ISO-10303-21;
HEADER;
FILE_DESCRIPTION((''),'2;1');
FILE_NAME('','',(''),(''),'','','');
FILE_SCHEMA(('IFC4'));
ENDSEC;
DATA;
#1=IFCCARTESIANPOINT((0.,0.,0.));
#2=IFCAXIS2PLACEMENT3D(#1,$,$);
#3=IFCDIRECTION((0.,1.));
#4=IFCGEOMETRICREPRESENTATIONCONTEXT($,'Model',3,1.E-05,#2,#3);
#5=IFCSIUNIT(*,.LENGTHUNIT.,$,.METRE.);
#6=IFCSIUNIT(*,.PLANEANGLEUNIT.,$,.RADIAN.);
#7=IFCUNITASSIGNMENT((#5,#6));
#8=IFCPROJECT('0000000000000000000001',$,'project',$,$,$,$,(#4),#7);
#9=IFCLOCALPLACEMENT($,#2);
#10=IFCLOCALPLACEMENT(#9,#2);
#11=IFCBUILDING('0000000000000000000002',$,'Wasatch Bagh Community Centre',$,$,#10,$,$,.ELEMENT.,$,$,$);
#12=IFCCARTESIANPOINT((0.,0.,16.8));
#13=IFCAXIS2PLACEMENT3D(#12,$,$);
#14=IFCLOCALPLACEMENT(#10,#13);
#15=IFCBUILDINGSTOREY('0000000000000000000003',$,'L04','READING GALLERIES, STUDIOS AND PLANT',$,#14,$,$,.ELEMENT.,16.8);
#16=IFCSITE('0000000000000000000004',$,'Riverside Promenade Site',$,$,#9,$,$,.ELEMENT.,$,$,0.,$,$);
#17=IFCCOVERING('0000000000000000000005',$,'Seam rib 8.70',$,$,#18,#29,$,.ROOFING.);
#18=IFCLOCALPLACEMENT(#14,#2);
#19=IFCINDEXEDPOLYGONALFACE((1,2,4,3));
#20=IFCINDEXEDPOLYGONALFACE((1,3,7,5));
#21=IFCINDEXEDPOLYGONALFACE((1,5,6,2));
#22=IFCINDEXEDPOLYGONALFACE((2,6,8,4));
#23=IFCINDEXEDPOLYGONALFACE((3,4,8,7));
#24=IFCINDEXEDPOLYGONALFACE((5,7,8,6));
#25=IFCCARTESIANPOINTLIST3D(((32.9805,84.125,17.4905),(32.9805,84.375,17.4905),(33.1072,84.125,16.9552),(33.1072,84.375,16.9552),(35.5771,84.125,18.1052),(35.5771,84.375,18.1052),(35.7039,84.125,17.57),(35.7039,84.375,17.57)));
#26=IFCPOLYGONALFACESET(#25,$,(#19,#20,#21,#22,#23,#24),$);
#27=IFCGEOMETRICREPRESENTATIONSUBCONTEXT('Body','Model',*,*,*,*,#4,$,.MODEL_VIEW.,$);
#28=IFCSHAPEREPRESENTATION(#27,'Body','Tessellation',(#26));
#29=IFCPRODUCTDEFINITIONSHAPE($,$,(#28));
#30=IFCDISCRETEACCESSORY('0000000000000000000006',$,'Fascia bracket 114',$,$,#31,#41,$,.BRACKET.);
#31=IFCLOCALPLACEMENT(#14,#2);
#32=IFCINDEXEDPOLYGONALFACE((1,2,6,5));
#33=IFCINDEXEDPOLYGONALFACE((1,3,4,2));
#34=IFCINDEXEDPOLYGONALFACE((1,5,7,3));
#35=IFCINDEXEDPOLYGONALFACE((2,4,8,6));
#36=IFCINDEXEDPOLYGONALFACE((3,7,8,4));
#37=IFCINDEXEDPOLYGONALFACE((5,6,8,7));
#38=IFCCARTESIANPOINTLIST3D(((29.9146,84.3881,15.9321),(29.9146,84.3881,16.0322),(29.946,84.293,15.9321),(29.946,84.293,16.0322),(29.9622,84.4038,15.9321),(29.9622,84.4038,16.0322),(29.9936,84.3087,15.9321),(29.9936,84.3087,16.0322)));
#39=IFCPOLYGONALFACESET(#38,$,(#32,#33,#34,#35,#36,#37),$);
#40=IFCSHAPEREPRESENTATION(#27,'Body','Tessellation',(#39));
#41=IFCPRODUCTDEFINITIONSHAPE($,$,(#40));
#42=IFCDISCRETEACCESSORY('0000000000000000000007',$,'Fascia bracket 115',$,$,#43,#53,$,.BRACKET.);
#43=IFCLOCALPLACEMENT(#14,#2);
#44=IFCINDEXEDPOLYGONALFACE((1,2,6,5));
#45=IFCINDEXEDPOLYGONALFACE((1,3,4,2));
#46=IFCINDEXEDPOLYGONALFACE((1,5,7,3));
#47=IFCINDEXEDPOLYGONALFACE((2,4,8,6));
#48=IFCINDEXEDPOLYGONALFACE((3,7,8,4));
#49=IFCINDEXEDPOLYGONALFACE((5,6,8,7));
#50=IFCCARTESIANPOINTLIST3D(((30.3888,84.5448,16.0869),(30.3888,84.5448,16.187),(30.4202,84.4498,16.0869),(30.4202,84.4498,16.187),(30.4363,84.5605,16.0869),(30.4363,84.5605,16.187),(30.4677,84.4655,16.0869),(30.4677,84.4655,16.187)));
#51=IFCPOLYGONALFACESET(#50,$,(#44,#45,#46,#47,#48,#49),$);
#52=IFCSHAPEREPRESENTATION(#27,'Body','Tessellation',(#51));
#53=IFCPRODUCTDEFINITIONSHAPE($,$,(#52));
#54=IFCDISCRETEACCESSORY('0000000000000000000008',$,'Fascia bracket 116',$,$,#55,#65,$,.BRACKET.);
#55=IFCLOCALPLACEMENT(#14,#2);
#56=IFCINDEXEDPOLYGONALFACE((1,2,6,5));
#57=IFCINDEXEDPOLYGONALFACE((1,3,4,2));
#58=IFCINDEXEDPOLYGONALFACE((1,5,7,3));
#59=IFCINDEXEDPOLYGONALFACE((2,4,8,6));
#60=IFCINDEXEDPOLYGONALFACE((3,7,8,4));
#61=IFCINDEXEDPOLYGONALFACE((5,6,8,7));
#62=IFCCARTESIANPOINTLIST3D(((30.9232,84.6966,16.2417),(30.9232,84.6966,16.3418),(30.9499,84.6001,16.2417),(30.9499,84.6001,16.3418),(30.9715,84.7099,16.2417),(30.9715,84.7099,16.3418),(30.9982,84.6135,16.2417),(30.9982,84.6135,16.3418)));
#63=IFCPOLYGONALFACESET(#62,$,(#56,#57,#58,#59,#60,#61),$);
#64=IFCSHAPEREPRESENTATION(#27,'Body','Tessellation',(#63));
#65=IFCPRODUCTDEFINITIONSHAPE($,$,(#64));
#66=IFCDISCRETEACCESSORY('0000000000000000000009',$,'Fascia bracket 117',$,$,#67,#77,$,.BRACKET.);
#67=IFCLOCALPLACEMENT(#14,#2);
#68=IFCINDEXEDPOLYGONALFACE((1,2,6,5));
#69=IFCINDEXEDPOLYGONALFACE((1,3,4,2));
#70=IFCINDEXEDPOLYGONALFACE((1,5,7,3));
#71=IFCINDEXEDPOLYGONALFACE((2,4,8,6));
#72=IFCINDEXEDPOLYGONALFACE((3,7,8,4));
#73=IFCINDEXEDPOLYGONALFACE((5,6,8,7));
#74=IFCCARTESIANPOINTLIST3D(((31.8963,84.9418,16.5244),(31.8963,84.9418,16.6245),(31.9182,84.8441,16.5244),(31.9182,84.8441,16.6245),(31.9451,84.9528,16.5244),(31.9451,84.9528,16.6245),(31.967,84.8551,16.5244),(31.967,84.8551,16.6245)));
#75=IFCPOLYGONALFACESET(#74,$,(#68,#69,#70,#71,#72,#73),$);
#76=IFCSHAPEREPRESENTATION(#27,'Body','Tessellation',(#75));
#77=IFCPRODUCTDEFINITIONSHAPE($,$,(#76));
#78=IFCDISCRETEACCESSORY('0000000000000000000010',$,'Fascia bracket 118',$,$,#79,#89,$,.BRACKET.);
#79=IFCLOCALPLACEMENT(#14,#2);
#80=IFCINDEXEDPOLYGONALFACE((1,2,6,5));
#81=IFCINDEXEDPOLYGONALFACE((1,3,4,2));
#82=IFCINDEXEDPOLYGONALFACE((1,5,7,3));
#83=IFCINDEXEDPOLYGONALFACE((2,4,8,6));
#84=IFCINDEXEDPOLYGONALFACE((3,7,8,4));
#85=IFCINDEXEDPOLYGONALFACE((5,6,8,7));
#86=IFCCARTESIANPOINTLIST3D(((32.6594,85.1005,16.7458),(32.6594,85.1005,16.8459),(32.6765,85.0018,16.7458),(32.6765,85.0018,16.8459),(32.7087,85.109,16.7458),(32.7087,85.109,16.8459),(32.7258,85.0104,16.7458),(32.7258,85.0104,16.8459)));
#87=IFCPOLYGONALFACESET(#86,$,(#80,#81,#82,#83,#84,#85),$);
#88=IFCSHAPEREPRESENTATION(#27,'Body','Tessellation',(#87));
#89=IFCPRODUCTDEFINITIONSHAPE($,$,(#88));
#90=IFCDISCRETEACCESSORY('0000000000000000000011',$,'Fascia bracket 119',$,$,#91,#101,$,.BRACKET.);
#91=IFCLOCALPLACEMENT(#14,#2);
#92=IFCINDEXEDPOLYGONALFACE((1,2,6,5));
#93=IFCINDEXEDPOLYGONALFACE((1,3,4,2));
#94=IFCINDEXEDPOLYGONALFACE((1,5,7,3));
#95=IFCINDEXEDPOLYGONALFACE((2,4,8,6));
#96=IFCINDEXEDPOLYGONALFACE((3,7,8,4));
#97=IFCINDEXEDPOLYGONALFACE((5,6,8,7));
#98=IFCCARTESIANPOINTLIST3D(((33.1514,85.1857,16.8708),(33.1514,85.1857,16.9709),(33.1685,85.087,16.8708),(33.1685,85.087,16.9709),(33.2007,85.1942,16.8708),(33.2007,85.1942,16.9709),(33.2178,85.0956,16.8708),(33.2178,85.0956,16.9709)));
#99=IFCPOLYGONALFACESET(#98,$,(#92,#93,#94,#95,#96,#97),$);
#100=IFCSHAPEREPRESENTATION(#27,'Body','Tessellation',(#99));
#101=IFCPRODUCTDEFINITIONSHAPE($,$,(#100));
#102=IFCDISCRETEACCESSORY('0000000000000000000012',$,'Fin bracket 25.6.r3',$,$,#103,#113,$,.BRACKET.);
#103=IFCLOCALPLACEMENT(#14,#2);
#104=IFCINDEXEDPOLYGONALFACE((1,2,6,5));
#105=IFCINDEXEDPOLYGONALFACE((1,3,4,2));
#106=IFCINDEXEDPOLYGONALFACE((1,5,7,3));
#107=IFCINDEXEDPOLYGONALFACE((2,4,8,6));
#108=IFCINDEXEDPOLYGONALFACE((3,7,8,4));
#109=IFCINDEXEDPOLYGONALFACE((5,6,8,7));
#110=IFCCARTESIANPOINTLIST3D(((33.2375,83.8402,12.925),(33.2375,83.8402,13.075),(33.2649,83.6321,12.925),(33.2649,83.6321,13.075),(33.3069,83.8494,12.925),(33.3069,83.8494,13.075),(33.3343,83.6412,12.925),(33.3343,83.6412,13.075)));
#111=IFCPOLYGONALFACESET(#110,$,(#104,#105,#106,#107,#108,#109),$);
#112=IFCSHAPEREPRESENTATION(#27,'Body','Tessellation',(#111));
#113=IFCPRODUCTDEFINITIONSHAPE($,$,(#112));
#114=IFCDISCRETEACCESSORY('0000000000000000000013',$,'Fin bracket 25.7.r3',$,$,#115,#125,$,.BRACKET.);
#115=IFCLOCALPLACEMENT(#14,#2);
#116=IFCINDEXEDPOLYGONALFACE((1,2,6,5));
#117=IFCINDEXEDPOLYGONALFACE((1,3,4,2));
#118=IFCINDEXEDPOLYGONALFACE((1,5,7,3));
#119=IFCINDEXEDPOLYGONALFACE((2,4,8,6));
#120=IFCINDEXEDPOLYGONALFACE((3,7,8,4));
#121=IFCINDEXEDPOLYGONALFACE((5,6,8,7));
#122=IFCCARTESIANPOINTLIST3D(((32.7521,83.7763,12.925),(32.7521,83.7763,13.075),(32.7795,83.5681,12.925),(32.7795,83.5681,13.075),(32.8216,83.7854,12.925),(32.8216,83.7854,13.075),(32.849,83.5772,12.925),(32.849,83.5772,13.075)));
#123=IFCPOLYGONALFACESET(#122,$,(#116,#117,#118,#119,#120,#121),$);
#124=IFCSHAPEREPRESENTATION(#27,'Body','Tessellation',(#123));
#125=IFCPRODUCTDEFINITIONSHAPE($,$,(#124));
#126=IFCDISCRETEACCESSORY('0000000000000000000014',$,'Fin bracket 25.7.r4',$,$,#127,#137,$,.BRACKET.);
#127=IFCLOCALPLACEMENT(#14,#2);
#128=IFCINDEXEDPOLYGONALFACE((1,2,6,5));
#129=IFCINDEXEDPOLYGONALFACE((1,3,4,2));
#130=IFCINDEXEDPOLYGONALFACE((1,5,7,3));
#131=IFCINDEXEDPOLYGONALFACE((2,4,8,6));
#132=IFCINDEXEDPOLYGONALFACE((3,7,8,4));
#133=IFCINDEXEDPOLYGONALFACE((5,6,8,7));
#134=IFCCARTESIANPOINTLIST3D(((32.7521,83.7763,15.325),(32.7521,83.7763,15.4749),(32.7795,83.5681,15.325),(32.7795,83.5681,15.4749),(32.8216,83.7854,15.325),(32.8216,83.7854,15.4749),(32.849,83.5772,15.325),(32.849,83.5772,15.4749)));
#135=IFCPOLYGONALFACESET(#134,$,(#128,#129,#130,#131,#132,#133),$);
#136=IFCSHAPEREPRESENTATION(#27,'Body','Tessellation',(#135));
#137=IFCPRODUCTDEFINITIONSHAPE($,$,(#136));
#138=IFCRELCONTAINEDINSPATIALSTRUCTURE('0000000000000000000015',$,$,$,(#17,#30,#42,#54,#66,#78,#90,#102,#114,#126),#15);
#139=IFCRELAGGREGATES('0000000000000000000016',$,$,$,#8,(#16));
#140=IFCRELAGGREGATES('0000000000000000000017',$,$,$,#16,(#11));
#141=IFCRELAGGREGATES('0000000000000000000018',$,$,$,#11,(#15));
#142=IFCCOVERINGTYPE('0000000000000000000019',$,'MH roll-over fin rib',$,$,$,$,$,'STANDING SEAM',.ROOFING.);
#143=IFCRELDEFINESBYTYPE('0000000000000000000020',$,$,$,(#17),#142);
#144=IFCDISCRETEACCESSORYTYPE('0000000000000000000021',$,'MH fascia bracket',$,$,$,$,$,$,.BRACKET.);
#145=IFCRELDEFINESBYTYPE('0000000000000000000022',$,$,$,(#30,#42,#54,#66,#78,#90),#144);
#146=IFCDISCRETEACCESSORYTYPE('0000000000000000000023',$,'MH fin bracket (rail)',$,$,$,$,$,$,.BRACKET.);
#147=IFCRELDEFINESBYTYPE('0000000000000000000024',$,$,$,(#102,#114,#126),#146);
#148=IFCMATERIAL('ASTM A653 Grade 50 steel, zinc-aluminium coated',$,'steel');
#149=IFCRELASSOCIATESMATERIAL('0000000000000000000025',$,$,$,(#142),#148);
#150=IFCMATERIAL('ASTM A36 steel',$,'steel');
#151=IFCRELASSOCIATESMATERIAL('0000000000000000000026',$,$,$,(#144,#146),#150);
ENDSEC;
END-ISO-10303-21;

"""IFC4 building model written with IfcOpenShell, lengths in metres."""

from ifc_helpers import new_model, si_unit, direction, frame, origin, origin_2d, place, context, subcontext, project, spatial, polyline, rectangle, outline, extrude, material, type_object, element, save


model = new_model("IFC4")

# Units and contexts
model_context = context("Model", 3, precision=1e-05, world=origin(), true_north=direction((0.0, 1.0)))
body_context = subcontext(model_context, "Body", "Model", "MODEL_VIEW")
ifc_project = project(units=[si_unit("LENGTHUNIT", "METRE"), si_unit("PLANEANGLEUNIT", "RADIAN")], contexts=[model_context])

# Site, building, storey
site_placement = place(None, origin())
site = spatial("IfcSite", under=ifc_project, at=site_placement, Name="Riverside Promenade Site", CompositionType="ELEMENT", RefElevation=0.0)
building_placement = place(site_placement, origin())
building = spatial("IfcBuilding", under=site, at=building_placement, Name="Wasatch Bagh Community Centre", CompositionType="ELEMENT")
storey_placement = place(building_placement, frame((0.0, 0.0, 16.8)))
storey = spatial("IfcBuildingStorey", under=building, at=storey_placement, Name="L04", Description="READING GALLERIES, STUDIOS AND PLANT", CompositionType="ELEMENT", Elevation=16.8)

# Covering
ifc_material_1 = material(Name="ASTM A653 Grade 50 steel, zinc-aluminium coated", Category="steel")
covering_type_1 = type_object("IfcCoveringType", Name="MH roll-over fin rib", ElementType="STANDING SEAM", PredefinedType="ROOFING", material=ifc_material_1)
covering_1_placement = place(storey_placement, frame((32.9805, 84.125, 17.4905), z_axis=(-0.230375, 0.0, 0.973102), x_axis=(0.973102, 0.0, 0.230375)))
element("IfcCovering", 1, at=covering_1_placement, inside=storey, type_object=covering_type_1, Name="Seam rib 8.70", PredefinedType="ROOFING", context=body_context, shape_type="SweptSolid", body=[
    extrude(outline(polyline([(0.0, 0.0), (2.6685, 0.0), (2.6685, 0.25), (0.0, 0.25), (0.0, 0.0)])), origin(), (0.0, 0.0, -1.0), 0.55),
])

# Discrete accessories
ifc_material_2 = material(Name="ASTM A36 steel", Category="steel")
discrete_accessory_type_1 = type_object("IfcDiscreteAccessoryType", Name="MH fascia bracket", PredefinedType="BRACKET", material=ifc_material_2)
for number, where, z_axis, x_axis, name in (
    (2, (29.9541, 84.3484, 15.9321), (0.0, 0.0, 1.0), (-0.313682, 0.949528, 0.0), "Fascia bracket 114"),
    (3, (30.4282, 84.5051, 16.0869), (0.0, 0.0, 1.0), (-0.313682, 0.949528, 0.0), "Fascia bracket 115"),
    (4, (30.9607, 84.655, 16.2417), (0.0, 0.0, 1.0), (-0.266713, 0.963776, 0.0), "Fascia bracket 116"),
    (5, (31.9316, 84.8984, 16.5244), (0.0, 0.0, 1.0), (-0.219101, 0.975702, 0.0), "Fascia bracket 117"),
    (6, (32.6926, 85.0554, 16.7458), (0.0, 0.0, 1.0), (-0.170962, 0.985278, 0.0), "Fascia bracket 118"),
    (7, (33.1846, 85.1406, 16.8708), (0.0, 0.0, 1.0), (-0.170962, 0.985278, 0.0), "Fascia bracket 119"),
):
    element("IfcDiscreteAccessory", number, at=place(storey_placement, frame(where, z_axis=z_axis, x_axis=x_axis)), inside=storey, type_object=discrete_accessory_type_1, Name=name, PredefinedType="BRACKET", context=body_context, shape_type="SweptSolid", body=[
        extrude(rectangle(XDim=0.1001, YDim=0.05, at=origin_2d()), origin(), (0.0, 0.0, 1.0), 0.1001),
    ])
discrete_accessory_type_2 = type_object("IfcDiscreteAccessoryType", Name="MH fin bracket (rail)", PredefinedType="BRACKET", material=ifc_material_2)
for number, where, z_axis, x_axis, name in (
    (8, (33.2859, 83.7407, 12.925), (0.0, 0.0, 1.0), (-0.991445, -0.130526, 0.0), "Fin bracket 25.6.r3"),
    (9, (32.8005, 83.6768, 12.925), (0.0, 0.0, 1.0), (-0.991445, -0.130526, 0.0), "Fin bracket 25.7.r3"),
    (10, (32.8005, 83.6768, 15.325), (0.0, 0.0, 1.0), (-0.991445, -0.130526, 0.0), "Fin bracket 25.7.r4"),
):
    element("IfcDiscreteAccessory", number, at=place(storey_placement, frame(where, z_axis=z_axis, x_axis=x_axis)), inside=storey, type_object=discrete_accessory_type_2, Name=name, PredefinedType="BRACKET", context=body_context, shape_type="SweptSolid", body=[
        extrude(rectangle(XDim=0.0701, YDim=0.21, at=origin_2d()), origin(), (0.0, 0.0, 1.0), 0.1499),
    ])

save(model, "model.ifc")
